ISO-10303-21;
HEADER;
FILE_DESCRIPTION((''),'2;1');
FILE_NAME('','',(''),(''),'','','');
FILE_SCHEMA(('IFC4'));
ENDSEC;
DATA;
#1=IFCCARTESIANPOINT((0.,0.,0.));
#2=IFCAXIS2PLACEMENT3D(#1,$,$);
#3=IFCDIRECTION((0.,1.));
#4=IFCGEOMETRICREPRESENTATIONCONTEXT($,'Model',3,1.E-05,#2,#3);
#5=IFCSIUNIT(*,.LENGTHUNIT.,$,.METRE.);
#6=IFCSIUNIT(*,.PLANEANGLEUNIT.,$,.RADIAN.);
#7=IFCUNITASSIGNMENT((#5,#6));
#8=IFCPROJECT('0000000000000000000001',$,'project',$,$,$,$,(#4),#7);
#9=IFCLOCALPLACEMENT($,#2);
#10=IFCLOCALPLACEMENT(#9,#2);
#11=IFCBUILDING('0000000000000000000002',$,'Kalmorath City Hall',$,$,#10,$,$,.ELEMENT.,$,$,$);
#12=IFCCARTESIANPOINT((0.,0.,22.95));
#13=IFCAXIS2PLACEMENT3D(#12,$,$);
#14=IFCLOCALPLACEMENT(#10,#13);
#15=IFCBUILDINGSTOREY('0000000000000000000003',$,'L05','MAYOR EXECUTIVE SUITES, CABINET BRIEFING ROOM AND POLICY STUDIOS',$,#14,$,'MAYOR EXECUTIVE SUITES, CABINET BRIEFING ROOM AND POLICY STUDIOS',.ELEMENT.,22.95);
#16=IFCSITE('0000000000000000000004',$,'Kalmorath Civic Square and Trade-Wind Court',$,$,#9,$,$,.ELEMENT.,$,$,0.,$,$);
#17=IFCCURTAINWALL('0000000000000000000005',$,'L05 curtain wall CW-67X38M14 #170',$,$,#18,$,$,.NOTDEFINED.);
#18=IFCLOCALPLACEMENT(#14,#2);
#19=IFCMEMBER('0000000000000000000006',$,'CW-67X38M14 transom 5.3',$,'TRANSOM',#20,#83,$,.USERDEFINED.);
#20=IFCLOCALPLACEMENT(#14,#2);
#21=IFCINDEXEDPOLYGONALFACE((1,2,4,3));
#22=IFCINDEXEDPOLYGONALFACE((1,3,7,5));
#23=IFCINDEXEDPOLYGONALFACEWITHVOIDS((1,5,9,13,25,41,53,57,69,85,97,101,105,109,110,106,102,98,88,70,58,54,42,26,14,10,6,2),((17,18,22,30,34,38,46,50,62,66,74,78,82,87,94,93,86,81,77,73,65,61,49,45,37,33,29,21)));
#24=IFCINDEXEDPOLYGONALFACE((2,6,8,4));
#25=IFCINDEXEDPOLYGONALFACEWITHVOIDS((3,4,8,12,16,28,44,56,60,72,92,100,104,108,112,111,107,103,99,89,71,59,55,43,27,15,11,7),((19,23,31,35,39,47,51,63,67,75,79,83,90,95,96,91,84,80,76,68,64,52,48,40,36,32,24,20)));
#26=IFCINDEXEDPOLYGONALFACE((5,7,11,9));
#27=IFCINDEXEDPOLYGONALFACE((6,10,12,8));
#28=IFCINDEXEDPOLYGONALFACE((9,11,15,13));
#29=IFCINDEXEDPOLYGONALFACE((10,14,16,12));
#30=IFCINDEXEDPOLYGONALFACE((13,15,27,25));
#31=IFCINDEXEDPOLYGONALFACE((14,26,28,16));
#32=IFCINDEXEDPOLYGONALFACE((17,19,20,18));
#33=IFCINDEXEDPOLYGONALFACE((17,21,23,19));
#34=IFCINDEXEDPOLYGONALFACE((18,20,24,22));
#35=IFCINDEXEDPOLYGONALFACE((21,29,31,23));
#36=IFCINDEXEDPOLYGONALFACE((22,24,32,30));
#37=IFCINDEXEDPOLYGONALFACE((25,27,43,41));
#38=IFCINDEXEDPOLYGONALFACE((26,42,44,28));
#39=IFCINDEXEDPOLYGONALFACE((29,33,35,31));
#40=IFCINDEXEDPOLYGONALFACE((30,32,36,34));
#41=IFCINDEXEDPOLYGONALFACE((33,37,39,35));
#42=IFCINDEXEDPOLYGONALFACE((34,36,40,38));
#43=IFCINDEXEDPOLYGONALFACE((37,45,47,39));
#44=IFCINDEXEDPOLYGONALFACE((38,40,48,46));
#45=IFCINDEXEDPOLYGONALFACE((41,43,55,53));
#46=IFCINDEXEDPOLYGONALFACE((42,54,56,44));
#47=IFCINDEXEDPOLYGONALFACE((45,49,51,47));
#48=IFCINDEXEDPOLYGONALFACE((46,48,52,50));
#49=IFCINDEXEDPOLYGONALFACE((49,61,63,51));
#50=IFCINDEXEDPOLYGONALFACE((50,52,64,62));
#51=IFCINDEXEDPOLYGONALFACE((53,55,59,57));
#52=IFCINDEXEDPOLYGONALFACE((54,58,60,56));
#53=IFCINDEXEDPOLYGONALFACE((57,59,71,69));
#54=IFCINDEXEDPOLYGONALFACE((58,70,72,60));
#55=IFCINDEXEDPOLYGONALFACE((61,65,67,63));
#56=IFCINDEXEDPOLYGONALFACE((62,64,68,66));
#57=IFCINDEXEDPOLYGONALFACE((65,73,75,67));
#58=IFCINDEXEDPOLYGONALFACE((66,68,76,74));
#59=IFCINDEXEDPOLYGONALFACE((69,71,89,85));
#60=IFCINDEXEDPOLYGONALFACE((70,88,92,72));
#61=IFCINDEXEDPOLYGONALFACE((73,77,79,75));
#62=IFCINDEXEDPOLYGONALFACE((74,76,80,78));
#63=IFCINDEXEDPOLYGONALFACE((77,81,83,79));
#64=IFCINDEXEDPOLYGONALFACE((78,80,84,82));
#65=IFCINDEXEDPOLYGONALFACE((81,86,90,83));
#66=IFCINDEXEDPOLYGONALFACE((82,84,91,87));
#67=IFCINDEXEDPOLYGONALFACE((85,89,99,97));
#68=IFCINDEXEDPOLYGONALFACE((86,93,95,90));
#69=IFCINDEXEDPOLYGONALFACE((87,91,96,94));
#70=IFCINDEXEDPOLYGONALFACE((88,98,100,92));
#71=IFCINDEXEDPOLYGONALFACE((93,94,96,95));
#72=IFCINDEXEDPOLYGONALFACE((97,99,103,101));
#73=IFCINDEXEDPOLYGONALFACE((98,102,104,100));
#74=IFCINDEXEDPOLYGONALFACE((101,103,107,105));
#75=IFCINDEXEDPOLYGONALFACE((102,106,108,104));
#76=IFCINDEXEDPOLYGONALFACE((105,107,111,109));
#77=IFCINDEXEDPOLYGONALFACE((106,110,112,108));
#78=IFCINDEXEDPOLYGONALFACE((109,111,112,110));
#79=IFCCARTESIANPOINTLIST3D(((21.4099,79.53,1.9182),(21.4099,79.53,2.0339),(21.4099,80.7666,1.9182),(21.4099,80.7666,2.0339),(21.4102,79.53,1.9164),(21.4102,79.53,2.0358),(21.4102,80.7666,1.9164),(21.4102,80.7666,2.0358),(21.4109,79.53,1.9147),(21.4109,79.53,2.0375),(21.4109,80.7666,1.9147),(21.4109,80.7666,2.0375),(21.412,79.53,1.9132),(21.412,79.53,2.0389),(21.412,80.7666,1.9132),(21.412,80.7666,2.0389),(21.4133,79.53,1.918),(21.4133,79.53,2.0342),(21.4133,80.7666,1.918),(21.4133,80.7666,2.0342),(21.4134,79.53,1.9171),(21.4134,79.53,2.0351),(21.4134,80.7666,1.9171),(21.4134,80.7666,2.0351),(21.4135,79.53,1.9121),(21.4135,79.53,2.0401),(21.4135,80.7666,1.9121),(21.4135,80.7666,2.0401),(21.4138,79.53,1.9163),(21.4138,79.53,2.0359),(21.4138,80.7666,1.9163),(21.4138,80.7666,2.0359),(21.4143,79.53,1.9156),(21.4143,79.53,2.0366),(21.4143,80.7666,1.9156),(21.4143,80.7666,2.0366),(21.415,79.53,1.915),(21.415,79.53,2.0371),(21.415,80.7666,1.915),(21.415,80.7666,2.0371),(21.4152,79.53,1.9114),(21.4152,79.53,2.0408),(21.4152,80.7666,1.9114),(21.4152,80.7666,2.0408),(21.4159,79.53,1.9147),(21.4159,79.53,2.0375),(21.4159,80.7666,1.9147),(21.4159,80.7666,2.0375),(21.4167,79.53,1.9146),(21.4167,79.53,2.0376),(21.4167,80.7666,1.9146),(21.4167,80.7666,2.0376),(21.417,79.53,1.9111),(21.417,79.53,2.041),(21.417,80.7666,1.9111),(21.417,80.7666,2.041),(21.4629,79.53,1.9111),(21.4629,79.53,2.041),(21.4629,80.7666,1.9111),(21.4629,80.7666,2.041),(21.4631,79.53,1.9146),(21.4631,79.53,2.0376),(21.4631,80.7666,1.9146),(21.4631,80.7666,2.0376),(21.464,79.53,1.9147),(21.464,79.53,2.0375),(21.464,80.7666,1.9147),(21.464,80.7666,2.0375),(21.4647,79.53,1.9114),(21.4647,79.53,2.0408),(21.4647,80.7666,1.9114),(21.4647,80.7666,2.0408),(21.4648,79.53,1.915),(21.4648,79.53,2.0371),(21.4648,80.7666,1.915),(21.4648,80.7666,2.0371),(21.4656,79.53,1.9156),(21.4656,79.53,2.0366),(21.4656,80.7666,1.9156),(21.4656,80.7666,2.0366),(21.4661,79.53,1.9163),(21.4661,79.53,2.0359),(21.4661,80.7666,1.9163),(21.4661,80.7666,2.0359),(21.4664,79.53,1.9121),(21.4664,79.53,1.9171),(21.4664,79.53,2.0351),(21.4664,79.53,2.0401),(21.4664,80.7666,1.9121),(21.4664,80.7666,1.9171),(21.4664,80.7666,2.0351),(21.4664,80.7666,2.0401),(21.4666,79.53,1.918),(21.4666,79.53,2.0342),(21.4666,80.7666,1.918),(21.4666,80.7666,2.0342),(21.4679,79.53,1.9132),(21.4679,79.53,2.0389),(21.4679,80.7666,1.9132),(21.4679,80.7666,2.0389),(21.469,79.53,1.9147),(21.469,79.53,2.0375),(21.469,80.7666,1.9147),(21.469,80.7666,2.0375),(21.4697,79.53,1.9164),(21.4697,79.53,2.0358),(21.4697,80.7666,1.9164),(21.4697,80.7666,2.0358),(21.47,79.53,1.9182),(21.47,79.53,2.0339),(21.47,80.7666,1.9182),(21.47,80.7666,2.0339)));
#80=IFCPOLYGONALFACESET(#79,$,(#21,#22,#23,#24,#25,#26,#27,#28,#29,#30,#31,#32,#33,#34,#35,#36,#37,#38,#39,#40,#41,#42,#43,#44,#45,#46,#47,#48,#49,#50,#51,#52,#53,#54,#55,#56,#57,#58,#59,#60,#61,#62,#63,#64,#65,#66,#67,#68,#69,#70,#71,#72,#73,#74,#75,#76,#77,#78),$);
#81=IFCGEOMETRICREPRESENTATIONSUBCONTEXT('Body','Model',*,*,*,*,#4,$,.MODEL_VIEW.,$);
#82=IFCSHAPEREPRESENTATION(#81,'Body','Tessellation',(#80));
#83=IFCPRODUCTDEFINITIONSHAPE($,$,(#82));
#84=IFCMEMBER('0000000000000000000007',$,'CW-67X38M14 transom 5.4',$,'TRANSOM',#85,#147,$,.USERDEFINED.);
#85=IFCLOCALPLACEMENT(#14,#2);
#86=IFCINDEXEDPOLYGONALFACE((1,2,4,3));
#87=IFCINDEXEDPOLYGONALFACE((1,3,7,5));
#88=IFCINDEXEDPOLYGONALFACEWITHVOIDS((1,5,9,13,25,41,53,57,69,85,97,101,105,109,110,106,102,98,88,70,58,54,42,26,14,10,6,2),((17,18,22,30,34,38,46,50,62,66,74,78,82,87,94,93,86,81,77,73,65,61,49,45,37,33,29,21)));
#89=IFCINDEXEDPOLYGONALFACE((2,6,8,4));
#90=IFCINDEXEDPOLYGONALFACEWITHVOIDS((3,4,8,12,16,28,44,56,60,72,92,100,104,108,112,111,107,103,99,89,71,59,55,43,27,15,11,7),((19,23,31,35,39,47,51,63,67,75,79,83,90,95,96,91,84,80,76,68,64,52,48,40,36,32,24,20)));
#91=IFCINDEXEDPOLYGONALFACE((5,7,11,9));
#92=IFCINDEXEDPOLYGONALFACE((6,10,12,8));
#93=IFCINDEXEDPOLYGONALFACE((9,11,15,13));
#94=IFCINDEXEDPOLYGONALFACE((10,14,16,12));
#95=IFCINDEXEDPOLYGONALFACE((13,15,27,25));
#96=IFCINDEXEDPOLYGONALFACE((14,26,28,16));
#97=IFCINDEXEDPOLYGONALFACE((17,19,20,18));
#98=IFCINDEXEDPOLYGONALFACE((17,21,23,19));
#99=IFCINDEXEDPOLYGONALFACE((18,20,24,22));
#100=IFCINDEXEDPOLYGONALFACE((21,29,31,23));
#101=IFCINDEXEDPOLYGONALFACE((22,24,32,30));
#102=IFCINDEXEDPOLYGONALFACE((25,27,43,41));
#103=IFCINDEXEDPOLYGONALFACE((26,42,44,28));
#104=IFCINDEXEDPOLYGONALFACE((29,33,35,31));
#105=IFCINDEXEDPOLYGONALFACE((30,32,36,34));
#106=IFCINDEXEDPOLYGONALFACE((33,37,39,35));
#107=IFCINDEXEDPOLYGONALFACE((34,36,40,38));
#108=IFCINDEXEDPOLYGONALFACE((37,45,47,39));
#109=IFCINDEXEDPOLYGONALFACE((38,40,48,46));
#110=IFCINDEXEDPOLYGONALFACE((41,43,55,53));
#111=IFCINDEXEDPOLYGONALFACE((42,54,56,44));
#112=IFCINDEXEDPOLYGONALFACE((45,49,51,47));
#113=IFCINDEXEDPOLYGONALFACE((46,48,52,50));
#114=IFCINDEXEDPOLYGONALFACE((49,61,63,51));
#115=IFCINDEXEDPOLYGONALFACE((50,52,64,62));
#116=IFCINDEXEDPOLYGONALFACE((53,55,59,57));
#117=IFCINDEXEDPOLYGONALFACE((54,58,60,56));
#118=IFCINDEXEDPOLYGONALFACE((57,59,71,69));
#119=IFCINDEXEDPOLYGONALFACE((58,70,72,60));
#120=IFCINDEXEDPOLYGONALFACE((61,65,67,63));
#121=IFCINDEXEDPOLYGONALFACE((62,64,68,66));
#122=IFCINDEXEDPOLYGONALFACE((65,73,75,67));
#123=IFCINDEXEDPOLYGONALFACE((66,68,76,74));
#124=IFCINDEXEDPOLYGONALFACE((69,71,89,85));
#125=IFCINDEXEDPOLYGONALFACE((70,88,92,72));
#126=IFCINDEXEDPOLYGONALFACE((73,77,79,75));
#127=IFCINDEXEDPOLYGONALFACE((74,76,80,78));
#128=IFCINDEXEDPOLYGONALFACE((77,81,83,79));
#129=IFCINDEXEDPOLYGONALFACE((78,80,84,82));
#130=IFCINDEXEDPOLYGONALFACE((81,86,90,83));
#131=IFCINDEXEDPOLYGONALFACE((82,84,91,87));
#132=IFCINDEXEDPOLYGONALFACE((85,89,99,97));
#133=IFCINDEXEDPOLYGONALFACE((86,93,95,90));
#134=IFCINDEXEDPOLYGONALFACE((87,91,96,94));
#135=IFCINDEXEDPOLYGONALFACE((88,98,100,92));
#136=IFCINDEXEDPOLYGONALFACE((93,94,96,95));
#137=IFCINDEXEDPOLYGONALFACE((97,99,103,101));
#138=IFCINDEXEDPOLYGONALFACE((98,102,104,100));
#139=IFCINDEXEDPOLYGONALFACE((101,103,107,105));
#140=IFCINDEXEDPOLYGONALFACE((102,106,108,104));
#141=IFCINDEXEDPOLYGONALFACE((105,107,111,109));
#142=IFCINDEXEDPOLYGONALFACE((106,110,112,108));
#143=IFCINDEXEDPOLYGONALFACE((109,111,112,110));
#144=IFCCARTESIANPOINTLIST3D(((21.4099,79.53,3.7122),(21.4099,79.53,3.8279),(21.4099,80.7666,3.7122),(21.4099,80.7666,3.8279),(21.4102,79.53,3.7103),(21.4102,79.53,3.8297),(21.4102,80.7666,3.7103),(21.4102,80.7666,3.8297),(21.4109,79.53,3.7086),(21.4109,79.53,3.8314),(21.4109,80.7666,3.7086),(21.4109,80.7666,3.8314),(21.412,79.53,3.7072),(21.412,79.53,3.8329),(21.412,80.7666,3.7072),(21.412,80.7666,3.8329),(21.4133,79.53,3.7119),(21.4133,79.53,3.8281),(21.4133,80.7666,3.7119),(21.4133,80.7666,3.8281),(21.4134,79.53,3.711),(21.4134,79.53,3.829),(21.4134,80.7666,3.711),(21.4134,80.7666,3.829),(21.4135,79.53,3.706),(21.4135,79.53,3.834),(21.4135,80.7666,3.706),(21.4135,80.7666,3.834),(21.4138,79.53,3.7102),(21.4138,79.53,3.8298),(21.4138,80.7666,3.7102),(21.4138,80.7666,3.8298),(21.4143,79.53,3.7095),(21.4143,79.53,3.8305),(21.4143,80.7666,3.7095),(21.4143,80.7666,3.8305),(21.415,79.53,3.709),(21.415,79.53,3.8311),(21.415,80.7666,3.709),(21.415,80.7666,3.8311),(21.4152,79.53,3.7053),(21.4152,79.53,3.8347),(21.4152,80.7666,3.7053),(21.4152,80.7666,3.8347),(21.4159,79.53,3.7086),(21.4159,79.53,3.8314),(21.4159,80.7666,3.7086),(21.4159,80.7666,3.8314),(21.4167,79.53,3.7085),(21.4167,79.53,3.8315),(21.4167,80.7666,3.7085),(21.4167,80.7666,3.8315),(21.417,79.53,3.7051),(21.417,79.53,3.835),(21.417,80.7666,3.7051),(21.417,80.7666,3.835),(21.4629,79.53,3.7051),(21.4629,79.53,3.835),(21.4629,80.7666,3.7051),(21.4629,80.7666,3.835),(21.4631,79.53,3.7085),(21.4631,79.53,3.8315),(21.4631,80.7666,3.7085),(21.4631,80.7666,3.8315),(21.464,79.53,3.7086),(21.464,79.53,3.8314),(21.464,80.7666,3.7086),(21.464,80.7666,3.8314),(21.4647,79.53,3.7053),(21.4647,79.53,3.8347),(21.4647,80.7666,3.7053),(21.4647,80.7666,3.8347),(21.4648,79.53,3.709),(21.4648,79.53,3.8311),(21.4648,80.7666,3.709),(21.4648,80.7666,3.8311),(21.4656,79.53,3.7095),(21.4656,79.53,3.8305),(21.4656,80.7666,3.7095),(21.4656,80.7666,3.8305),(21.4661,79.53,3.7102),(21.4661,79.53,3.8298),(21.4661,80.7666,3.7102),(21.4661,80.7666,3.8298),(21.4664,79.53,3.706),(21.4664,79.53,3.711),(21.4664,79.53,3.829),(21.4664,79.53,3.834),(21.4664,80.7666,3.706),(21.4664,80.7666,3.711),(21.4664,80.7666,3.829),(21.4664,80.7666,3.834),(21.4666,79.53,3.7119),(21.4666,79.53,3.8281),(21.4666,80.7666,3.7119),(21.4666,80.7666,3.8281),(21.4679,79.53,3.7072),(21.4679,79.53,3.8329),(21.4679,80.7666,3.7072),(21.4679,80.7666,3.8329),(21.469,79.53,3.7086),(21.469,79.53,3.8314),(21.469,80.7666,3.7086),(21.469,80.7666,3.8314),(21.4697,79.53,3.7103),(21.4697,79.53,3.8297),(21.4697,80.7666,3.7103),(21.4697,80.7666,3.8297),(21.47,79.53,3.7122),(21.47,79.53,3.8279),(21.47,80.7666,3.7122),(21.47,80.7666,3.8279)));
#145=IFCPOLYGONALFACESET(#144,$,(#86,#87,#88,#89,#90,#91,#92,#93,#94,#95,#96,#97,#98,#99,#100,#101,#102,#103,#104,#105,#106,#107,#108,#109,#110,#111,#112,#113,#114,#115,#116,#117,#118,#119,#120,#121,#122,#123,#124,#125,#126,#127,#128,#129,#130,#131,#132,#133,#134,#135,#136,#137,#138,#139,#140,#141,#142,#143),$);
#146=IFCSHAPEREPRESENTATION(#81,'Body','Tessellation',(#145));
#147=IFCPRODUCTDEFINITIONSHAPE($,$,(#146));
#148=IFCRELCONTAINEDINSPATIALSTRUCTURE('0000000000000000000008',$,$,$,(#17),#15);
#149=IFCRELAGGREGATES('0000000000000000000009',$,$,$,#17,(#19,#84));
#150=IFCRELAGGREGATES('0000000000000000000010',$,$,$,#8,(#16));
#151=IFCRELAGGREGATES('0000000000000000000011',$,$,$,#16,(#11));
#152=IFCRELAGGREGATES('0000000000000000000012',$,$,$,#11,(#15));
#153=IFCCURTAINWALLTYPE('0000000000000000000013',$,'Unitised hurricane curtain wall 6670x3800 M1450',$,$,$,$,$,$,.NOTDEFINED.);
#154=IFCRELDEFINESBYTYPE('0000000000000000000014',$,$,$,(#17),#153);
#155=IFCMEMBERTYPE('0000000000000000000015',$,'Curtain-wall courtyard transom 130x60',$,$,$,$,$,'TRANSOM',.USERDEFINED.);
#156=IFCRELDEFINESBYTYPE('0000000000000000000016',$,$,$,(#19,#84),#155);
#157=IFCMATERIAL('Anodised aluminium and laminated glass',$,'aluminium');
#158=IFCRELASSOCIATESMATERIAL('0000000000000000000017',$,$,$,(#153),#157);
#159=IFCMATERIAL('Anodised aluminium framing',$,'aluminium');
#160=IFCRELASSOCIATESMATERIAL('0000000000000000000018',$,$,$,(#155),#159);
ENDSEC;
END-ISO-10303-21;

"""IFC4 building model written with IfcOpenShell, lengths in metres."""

from ifc_helpers import new_model, si_unit, direction, frame, origin, origin_2d, place, context, subcontext, project, spatial, hollow_rectangle, extrude, material, material_profile, profile_set, type_object, element, aggregate, save


model = new_model("IFC4")

# Units and contexts
model_context = context("Model", 3, precision=1e-05, world=origin(), true_north=direction((0.0, 1.0)))
body_context = subcontext(model_context, "Body", "Model", "MODEL_VIEW")
ifc_project = project(units=[si_unit("LENGTHUNIT", "METRE"), si_unit("PLANEANGLEUNIT", "RADIAN")], contexts=[model_context])

# Site, building, storey
site_placement = place(None, origin())
site = spatial("IfcSite", under=ifc_project, at=site_placement, Name="Kalmorath Civic Square and Trade-Wind Court", CompositionType="ELEMENT", RefElevation=0.0)
building_placement = place(site_placement, origin())
building = spatial("IfcBuilding", under=site, at=building_placement, Name="Kalmorath City Hall", CompositionType="ELEMENT")
storey_placement = place(building_placement, frame((0.0, 0.0, 22.95)))
storey = spatial("IfcBuildingStorey", under=building, at=storey_placement, Name="L05", Description="MAYOR EXECUTIVE SUITES, CABINET BRIEFING ROOM AND POLICY STUDIOS", LongName="MAYOR EXECUTIVE SUITES, CABINET BRIEFING ROOM AND POLICY STUDIOS", CompositionType="ELEMENT", Elevation=22.95)

# Curtain wall
ifc_material_1 = material(Name="Anodised aluminium and laminated glass", Category="aluminium")
curtain_wall_type_1 = type_object("IfcCurtainWallType", Name="Unitised hurricane curtain wall 6670x3800 M1450", PredefinedType="NOTDEFINED", material=ifc_material_1)
curtain_wall_1_placement = place(storey_placement, origin())
curtain_wall_1 = element("IfcCurtainWall", 1, at=curtain_wall_1_placement, inside=storey, type_object=curtain_wall_type_1, Name="L05 curtain wall CW-67X38M14 #170", PredefinedType="NOTDEFINED")

# Members
ifc_material_2 = material(Name="Anodised aluminium framing", Category="aluminium")
ifc_material_profile_1 = material_profile(ifc_material_2, hollow_rectangle(XDim=0.0601, YDim=0.1299, WallThickness=0.0034, InnerFilletRadius=0.0034, OuterFilletRadius=0.0071, at=origin_2d()), Name="ALU-TRN-130X60X3.5")
ifc_profile_set_1 = profile_set([ifc_material_profile_1], Name="Anodised aluminium framing")
member_type_1 = type_object("IfcMemberType", Name="Curtain-wall courtyard transom 130x60", ElementType="TRANSOM", PredefinedType="USERDEFINED", material=ifc_profile_set_1)
member_1_placement = place(storey_placement, frame((21.4399, 80.7666, 1.9761), z_axis=(0.0, -1.0, 0.0), x_axis=(1.0, 0.0, 0.0)))
member_1 = element("IfcMember", 2, at=member_1_placement, type_object=member_type_1, Name="CW-67X38M14 transom 5.3", ObjectType="TRANSOM", PredefinedType="USERDEFINED", context=body_context, shape_type="SweptSolid", body=[
    extrude(hollow_rectangle(XDim=0.0601, YDim=0.1299, WallThickness=0.0034, InnerFilletRadius=0.0034, OuterFilletRadius=0.0071, at=origin_2d()), origin(), (0.0, 0.0, 1.0), 1.2366),
])
member_2_placement = place(storey_placement, frame((21.4399, 80.7666, 3.77), z_axis=(0.0, -1.0, 0.0), x_axis=(1.0, 0.0, 0.0)))
member_2 = element("IfcMember", 3, at=member_2_placement, type_object=member_type_1, Name="CW-67X38M14 transom 5.4", ObjectType="TRANSOM", PredefinedType="USERDEFINED", context=body_context, shape_type="SweptSolid", body=[
    extrude(hollow_rectangle(XDim=0.0601, YDim=0.1299, WallThickness=0.0034, InnerFilletRadius=0.0034, OuterFilletRadius=0.0071, at=origin_2d()), origin(), (0.0, 0.0, 1.0), 1.2366),
])

aggregate(curtain_wall_1, [member_1, member_2])

save(model, "model.ifc")
